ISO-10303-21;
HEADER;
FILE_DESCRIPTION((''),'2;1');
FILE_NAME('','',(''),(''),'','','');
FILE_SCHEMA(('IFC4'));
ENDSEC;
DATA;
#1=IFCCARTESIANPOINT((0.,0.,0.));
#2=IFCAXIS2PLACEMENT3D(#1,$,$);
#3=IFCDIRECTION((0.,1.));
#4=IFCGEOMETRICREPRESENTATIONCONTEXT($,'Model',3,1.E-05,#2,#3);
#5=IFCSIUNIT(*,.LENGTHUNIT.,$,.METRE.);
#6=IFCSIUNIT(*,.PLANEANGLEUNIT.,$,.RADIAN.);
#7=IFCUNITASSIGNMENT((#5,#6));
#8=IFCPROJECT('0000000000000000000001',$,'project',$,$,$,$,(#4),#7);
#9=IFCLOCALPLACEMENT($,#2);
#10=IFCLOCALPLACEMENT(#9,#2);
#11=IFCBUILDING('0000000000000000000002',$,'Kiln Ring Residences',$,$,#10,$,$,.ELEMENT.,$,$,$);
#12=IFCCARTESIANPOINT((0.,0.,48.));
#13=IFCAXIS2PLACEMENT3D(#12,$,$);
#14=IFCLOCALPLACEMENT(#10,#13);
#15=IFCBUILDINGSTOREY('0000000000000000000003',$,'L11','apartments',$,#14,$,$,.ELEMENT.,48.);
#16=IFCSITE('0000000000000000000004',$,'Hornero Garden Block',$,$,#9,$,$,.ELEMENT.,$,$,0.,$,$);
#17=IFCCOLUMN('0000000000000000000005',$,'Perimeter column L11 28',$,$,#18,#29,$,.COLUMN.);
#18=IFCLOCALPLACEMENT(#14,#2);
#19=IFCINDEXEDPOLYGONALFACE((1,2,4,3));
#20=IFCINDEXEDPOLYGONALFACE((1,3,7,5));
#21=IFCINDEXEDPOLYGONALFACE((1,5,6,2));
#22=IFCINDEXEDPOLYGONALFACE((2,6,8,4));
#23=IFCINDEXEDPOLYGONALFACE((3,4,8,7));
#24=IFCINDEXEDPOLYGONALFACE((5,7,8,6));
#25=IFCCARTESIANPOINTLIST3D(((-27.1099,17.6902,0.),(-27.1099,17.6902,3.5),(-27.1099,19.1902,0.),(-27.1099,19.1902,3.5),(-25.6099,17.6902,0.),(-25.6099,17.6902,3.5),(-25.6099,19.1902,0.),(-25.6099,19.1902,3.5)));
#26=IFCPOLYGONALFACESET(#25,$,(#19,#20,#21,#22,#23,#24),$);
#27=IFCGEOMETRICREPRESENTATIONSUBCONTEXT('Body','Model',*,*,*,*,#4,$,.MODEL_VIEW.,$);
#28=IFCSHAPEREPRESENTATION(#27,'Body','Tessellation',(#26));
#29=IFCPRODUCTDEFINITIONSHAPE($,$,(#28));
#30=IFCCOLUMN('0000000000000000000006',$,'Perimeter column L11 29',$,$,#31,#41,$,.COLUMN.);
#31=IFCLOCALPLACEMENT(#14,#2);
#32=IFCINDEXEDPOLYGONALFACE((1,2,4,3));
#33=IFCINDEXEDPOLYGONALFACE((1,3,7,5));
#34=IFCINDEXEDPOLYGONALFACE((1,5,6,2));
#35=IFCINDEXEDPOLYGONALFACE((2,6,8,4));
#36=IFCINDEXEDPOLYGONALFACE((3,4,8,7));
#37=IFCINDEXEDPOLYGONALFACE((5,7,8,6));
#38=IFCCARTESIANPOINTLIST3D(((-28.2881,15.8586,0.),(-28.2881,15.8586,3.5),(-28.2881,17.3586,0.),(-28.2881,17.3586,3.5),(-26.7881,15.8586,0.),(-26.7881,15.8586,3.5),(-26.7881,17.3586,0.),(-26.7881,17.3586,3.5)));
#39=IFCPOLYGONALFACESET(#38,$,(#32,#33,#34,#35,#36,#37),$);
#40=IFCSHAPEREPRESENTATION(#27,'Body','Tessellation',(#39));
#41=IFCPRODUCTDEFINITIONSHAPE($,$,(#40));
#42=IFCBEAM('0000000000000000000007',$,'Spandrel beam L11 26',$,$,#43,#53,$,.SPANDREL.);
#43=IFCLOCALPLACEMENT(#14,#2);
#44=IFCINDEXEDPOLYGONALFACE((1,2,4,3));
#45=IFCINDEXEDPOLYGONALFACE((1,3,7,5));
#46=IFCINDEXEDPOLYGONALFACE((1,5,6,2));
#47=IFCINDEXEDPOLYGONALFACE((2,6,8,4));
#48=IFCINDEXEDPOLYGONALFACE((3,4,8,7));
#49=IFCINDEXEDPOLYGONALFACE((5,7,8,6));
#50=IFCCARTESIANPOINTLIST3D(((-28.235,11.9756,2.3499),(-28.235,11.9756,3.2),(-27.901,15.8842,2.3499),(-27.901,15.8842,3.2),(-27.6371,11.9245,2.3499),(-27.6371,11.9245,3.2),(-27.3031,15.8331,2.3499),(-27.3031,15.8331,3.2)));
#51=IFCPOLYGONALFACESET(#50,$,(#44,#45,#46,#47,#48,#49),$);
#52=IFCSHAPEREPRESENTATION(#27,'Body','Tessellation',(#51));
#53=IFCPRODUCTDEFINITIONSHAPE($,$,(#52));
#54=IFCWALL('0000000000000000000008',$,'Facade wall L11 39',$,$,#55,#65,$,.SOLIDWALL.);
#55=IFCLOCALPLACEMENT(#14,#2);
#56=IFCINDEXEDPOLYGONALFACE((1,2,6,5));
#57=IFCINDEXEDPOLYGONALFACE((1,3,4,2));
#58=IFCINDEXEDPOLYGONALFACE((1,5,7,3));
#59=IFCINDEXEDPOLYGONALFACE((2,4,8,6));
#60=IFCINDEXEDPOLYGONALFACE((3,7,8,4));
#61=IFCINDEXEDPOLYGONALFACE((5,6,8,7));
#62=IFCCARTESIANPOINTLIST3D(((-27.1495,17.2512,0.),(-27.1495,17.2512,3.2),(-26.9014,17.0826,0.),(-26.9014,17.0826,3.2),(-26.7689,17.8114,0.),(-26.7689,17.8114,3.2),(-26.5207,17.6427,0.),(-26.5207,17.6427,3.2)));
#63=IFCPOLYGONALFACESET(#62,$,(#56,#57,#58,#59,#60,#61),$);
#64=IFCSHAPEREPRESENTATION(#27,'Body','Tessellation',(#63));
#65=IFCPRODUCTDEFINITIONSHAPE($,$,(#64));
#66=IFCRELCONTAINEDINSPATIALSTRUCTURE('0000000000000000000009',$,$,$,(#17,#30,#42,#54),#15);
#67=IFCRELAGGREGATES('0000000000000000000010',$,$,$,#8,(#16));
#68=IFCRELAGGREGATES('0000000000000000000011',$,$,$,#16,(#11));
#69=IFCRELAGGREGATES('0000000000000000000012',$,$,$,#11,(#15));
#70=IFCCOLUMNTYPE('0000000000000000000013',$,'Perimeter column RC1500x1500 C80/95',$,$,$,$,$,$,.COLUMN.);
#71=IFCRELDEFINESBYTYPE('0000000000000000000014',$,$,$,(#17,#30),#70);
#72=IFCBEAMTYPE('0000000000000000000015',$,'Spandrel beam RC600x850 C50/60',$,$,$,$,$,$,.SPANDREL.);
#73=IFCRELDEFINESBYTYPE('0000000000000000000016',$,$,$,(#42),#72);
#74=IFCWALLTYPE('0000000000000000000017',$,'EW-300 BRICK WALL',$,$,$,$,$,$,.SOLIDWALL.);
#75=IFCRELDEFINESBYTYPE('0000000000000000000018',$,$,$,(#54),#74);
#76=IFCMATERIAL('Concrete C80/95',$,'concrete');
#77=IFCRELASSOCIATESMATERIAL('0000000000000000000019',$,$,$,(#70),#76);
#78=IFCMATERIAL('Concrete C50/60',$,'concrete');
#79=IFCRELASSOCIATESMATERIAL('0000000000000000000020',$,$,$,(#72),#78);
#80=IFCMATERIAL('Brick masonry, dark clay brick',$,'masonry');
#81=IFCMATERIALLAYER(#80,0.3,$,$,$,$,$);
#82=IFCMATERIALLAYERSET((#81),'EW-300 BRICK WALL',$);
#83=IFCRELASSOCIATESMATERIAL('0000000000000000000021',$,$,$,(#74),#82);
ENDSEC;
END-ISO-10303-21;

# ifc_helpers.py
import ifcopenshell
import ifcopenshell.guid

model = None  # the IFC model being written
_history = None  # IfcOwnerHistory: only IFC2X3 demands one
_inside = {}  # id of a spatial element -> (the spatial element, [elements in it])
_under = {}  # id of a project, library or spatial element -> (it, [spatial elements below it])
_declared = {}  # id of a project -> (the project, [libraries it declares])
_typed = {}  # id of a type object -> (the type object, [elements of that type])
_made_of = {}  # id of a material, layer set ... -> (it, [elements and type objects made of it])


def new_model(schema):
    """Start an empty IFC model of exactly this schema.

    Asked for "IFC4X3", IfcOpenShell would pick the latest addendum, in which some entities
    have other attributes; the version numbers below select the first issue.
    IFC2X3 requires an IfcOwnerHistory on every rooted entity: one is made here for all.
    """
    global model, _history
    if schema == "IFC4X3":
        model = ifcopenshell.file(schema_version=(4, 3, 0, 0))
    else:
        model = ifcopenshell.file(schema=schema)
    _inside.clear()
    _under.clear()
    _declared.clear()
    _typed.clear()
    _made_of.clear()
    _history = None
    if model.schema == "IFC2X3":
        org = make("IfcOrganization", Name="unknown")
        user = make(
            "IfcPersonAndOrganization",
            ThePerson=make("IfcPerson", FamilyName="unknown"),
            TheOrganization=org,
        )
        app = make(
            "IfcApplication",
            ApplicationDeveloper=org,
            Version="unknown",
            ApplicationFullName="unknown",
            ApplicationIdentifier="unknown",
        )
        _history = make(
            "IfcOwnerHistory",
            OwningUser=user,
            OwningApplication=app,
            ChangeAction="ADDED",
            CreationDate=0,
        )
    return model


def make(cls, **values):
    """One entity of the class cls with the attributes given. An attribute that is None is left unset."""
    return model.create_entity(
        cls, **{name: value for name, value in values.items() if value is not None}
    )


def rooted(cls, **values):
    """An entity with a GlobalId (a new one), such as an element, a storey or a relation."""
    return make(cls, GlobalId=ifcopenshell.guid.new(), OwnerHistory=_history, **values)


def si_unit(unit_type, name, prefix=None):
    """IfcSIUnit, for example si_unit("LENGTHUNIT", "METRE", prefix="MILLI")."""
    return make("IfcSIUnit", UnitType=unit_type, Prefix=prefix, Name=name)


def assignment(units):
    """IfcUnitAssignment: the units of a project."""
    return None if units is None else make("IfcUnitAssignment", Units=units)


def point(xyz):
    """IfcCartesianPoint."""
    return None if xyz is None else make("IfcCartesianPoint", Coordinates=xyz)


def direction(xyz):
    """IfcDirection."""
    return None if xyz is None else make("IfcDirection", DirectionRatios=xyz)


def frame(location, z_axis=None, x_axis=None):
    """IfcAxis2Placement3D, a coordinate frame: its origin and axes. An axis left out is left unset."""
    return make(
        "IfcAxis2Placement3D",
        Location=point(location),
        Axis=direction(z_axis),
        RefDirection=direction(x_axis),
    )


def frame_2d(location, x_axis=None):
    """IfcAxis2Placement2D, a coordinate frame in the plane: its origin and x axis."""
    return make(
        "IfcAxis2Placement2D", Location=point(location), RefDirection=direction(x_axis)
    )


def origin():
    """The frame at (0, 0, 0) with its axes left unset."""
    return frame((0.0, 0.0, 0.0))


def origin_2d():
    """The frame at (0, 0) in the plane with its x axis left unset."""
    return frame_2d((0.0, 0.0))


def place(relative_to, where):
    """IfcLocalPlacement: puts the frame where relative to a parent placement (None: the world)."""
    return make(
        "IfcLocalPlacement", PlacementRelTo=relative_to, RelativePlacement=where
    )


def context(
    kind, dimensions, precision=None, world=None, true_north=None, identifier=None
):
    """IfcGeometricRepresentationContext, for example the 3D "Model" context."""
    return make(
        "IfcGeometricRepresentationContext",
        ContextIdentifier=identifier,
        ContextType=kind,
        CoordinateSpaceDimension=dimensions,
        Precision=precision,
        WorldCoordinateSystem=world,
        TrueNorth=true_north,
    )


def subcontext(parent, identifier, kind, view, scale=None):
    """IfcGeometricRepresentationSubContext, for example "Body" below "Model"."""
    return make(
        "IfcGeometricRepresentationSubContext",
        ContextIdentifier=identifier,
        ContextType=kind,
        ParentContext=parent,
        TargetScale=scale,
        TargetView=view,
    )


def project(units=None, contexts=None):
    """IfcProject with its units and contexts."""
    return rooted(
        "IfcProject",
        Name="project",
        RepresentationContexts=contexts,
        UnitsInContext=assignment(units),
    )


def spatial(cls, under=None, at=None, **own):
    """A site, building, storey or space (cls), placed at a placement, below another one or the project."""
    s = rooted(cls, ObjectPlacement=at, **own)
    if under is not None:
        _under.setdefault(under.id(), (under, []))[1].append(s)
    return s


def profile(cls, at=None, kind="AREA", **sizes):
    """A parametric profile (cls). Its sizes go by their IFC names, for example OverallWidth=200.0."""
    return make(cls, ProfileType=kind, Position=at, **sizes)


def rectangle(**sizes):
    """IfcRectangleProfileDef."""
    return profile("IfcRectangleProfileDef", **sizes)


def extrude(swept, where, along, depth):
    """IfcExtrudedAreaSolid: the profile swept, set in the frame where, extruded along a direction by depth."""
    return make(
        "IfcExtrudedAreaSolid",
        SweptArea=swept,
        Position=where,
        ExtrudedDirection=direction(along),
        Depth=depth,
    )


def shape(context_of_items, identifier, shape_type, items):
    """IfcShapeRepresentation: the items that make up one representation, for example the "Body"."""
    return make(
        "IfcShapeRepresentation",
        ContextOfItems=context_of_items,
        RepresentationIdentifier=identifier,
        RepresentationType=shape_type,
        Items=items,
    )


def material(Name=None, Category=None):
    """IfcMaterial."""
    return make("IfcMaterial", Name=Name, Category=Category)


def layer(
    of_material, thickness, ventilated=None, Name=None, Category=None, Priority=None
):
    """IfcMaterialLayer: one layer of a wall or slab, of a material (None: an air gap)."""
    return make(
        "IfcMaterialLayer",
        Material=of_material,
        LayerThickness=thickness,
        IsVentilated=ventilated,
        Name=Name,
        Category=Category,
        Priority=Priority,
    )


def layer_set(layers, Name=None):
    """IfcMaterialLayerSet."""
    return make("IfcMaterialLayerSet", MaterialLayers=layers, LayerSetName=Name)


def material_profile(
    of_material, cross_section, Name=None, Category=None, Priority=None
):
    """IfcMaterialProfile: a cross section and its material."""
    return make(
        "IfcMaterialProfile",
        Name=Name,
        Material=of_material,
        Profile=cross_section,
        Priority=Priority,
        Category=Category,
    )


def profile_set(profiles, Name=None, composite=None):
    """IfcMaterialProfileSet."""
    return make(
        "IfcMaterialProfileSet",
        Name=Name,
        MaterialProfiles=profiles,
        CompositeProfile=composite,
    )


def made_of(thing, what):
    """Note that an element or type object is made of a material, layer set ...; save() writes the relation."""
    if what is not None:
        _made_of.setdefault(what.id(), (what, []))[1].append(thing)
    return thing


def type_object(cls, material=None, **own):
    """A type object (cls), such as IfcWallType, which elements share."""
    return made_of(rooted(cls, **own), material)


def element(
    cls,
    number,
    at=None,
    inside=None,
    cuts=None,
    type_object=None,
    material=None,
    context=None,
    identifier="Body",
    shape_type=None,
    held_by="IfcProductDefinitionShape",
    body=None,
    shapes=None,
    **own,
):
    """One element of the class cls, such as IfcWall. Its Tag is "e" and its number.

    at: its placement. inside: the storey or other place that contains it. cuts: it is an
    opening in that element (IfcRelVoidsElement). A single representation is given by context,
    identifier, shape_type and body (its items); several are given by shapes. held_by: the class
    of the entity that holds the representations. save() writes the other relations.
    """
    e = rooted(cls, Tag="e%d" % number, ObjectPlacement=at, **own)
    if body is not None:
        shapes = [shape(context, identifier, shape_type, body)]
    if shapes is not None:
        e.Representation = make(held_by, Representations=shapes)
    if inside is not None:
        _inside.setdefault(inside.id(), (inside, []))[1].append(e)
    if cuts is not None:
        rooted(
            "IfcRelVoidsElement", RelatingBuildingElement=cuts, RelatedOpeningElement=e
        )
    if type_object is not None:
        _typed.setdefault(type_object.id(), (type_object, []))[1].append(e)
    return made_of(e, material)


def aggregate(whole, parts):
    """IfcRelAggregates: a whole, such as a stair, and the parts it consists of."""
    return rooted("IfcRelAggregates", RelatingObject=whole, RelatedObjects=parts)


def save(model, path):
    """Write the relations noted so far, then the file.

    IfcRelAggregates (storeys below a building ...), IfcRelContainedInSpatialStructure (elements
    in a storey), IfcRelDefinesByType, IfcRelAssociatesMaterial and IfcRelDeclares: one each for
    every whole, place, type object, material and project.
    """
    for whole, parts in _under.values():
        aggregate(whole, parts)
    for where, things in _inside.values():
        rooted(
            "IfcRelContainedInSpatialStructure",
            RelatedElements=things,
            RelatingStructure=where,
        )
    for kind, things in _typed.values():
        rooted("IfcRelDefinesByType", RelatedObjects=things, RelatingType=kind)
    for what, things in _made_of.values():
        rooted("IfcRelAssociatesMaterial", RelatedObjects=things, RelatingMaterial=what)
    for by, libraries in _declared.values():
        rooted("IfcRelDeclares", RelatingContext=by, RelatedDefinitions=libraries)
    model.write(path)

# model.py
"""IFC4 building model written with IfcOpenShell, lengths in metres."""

from ifc_helpers import new_model, si_unit, direction, frame, frame_2d, origin, origin_2d, place, context, subcontext, project, spatial, rectangle, extrude, material, layer, layer_set, material_profile, profile_set, type_object, element, save


model = new_model("IFC4")

# Units and contexts
model_context = context("Model", 3, precision=1e-05, world=origin(), true_north=direction((0.0, 1.0)))
body_context = subcontext(model_context, "Body", "Model", "MODEL_VIEW")
ifc_project = project(units=[si_unit("LENGTHUNIT", "METRE"), si_unit("PLANEANGLEUNIT", "RADIAN")], contexts=[model_context])

# Site, building, storey
site_placement = place(None, origin())
site = spatial("IfcSite", under=ifc_project, at=site_placement, Name="Hornero Garden Block", CompositionType="ELEMENT", RefElevation=0.0)
building_placement = place(site_placement, origin())
building = spatial("IfcBuilding", under=site, at=building_placement, Name="Kiln Ring Residences", CompositionType="ELEMENT")
storey_placement = place(building_placement, frame((0.0, 0.0, 48.0)))
storey = spatial("IfcBuildingStorey", under=building, at=storey_placement, Name="L11", Description="apartments", CompositionType="ELEMENT", Elevation=48.0)

# Columns
ifc_material_1 = material(Name="Concrete C80/95", Category="concrete")
ifc_material_profile_1 = material_profile(ifc_material_1, rectangle(XDim=1.5, YDim=1.5, at=origin_2d()), Name="RC1500x1500")
ifc_profile_set_1 = profile_set([ifc_material_profile_1], Name="Concrete C80/95")
column_type = type_object("IfcColumnType", Name="Perimeter column RC1500x1500 C80/95", PredefinedType="COLUMN", material=ifc_profile_set_1)
for number, where, z_axis, x_axis, name in (
    (1, (-26.3599, 18.4402, 0.0), (0.0, 0.0, 1.0), (1.0, 0.0, 0.0), "Perimeter column L11 28"),
    (2, (-27.5381, 16.6086, 0.0), (0.0, 0.0, 1.0), (1.0, 0.0, 0.0), "Perimeter column L11 29"),
):
    element("IfcColumn", number, at=place(storey_placement, frame(where, z_axis=z_axis, x_axis=x_axis)), inside=storey, type_object=column_type, Name=name, PredefinedType="COLUMN", context=body_context, shape_type="SweptSolid", body=[
        extrude(rectangle(XDim=1.5, YDim=1.5, at=origin_2d()), origin(), (0.0, 0.0, 1.0), 3.5),
    ])

# Beam
ifc_material_2 = material(Name="Concrete C50/60", Category="concrete")
ifc_material_profile_2 = material_profile(ifc_material_2, rectangle(XDim=0.6001, YDim=0.8501, at=origin_2d()), Name="RC600x850")
ifc_profile_set_2 = profile_set([ifc_material_profile_2], Name="Concrete C50/60")
beam_type = type_object("IfcBeamType", Name="Spandrel beam RC600x850 C50/60", PredefinedType="SPANDREL", material=ifc_profile_set_2)
beam_placement = place(storey_placement, frame((-27.6021, 15.8586, 2.7749), z_axis=(-0.085136, -0.996369, 0.0), x_axis=(0.996369, -0.085136, 0.0)))
element("IfcBeam", 3, at=beam_placement, inside=storey, type_object=beam_type, Name="Spandrel beam L11 26", PredefinedType="SPANDREL", context=body_context, shape_type="SweptSolid", body=[
    extrude(rectangle(XDim=0.6001, YDim=0.8501, at=origin_2d()), origin(), (0.0, 0.0, 1.0), 3.9229),
])

# Wall
ifc_material_3 = material(Name="Brick masonry, dark clay brick", Category="masonry")
ifc_layer_1 = layer(ifc_material_3, 0.3)
ifc_layer_set_1 = layer_set([ifc_layer_1], Name="EW-300 BRICK WALL")
wall_type_1 = type_object("IfcWallType", Name="EW-300 BRICK WALL", PredefinedType="SOLIDWALL", material=ifc_layer_set_1)
wall_1_placement = place(storey_placement, frame((-26.6448, 17.7271, 0.0), z_axis=(0.0, 0.0, 1.0), x_axis=(-0.562083, -0.827081, 0.0)))
element("IfcWall", 4, at=wall_1_placement, inside=storey, type_object=wall_type_1, Name="Facade wall L11 39", PredefinedType="SOLIDWALL", context=body_context, shape_type="SweptSolid", body=[
    extrude(rectangle(XDim=0.6772, YDim=0.3, at=frame_2d((0.3386, 0.0))), origin(), (0.0, 0.0, 1.0), 3.2),
])

save(model, "model.ifc")
